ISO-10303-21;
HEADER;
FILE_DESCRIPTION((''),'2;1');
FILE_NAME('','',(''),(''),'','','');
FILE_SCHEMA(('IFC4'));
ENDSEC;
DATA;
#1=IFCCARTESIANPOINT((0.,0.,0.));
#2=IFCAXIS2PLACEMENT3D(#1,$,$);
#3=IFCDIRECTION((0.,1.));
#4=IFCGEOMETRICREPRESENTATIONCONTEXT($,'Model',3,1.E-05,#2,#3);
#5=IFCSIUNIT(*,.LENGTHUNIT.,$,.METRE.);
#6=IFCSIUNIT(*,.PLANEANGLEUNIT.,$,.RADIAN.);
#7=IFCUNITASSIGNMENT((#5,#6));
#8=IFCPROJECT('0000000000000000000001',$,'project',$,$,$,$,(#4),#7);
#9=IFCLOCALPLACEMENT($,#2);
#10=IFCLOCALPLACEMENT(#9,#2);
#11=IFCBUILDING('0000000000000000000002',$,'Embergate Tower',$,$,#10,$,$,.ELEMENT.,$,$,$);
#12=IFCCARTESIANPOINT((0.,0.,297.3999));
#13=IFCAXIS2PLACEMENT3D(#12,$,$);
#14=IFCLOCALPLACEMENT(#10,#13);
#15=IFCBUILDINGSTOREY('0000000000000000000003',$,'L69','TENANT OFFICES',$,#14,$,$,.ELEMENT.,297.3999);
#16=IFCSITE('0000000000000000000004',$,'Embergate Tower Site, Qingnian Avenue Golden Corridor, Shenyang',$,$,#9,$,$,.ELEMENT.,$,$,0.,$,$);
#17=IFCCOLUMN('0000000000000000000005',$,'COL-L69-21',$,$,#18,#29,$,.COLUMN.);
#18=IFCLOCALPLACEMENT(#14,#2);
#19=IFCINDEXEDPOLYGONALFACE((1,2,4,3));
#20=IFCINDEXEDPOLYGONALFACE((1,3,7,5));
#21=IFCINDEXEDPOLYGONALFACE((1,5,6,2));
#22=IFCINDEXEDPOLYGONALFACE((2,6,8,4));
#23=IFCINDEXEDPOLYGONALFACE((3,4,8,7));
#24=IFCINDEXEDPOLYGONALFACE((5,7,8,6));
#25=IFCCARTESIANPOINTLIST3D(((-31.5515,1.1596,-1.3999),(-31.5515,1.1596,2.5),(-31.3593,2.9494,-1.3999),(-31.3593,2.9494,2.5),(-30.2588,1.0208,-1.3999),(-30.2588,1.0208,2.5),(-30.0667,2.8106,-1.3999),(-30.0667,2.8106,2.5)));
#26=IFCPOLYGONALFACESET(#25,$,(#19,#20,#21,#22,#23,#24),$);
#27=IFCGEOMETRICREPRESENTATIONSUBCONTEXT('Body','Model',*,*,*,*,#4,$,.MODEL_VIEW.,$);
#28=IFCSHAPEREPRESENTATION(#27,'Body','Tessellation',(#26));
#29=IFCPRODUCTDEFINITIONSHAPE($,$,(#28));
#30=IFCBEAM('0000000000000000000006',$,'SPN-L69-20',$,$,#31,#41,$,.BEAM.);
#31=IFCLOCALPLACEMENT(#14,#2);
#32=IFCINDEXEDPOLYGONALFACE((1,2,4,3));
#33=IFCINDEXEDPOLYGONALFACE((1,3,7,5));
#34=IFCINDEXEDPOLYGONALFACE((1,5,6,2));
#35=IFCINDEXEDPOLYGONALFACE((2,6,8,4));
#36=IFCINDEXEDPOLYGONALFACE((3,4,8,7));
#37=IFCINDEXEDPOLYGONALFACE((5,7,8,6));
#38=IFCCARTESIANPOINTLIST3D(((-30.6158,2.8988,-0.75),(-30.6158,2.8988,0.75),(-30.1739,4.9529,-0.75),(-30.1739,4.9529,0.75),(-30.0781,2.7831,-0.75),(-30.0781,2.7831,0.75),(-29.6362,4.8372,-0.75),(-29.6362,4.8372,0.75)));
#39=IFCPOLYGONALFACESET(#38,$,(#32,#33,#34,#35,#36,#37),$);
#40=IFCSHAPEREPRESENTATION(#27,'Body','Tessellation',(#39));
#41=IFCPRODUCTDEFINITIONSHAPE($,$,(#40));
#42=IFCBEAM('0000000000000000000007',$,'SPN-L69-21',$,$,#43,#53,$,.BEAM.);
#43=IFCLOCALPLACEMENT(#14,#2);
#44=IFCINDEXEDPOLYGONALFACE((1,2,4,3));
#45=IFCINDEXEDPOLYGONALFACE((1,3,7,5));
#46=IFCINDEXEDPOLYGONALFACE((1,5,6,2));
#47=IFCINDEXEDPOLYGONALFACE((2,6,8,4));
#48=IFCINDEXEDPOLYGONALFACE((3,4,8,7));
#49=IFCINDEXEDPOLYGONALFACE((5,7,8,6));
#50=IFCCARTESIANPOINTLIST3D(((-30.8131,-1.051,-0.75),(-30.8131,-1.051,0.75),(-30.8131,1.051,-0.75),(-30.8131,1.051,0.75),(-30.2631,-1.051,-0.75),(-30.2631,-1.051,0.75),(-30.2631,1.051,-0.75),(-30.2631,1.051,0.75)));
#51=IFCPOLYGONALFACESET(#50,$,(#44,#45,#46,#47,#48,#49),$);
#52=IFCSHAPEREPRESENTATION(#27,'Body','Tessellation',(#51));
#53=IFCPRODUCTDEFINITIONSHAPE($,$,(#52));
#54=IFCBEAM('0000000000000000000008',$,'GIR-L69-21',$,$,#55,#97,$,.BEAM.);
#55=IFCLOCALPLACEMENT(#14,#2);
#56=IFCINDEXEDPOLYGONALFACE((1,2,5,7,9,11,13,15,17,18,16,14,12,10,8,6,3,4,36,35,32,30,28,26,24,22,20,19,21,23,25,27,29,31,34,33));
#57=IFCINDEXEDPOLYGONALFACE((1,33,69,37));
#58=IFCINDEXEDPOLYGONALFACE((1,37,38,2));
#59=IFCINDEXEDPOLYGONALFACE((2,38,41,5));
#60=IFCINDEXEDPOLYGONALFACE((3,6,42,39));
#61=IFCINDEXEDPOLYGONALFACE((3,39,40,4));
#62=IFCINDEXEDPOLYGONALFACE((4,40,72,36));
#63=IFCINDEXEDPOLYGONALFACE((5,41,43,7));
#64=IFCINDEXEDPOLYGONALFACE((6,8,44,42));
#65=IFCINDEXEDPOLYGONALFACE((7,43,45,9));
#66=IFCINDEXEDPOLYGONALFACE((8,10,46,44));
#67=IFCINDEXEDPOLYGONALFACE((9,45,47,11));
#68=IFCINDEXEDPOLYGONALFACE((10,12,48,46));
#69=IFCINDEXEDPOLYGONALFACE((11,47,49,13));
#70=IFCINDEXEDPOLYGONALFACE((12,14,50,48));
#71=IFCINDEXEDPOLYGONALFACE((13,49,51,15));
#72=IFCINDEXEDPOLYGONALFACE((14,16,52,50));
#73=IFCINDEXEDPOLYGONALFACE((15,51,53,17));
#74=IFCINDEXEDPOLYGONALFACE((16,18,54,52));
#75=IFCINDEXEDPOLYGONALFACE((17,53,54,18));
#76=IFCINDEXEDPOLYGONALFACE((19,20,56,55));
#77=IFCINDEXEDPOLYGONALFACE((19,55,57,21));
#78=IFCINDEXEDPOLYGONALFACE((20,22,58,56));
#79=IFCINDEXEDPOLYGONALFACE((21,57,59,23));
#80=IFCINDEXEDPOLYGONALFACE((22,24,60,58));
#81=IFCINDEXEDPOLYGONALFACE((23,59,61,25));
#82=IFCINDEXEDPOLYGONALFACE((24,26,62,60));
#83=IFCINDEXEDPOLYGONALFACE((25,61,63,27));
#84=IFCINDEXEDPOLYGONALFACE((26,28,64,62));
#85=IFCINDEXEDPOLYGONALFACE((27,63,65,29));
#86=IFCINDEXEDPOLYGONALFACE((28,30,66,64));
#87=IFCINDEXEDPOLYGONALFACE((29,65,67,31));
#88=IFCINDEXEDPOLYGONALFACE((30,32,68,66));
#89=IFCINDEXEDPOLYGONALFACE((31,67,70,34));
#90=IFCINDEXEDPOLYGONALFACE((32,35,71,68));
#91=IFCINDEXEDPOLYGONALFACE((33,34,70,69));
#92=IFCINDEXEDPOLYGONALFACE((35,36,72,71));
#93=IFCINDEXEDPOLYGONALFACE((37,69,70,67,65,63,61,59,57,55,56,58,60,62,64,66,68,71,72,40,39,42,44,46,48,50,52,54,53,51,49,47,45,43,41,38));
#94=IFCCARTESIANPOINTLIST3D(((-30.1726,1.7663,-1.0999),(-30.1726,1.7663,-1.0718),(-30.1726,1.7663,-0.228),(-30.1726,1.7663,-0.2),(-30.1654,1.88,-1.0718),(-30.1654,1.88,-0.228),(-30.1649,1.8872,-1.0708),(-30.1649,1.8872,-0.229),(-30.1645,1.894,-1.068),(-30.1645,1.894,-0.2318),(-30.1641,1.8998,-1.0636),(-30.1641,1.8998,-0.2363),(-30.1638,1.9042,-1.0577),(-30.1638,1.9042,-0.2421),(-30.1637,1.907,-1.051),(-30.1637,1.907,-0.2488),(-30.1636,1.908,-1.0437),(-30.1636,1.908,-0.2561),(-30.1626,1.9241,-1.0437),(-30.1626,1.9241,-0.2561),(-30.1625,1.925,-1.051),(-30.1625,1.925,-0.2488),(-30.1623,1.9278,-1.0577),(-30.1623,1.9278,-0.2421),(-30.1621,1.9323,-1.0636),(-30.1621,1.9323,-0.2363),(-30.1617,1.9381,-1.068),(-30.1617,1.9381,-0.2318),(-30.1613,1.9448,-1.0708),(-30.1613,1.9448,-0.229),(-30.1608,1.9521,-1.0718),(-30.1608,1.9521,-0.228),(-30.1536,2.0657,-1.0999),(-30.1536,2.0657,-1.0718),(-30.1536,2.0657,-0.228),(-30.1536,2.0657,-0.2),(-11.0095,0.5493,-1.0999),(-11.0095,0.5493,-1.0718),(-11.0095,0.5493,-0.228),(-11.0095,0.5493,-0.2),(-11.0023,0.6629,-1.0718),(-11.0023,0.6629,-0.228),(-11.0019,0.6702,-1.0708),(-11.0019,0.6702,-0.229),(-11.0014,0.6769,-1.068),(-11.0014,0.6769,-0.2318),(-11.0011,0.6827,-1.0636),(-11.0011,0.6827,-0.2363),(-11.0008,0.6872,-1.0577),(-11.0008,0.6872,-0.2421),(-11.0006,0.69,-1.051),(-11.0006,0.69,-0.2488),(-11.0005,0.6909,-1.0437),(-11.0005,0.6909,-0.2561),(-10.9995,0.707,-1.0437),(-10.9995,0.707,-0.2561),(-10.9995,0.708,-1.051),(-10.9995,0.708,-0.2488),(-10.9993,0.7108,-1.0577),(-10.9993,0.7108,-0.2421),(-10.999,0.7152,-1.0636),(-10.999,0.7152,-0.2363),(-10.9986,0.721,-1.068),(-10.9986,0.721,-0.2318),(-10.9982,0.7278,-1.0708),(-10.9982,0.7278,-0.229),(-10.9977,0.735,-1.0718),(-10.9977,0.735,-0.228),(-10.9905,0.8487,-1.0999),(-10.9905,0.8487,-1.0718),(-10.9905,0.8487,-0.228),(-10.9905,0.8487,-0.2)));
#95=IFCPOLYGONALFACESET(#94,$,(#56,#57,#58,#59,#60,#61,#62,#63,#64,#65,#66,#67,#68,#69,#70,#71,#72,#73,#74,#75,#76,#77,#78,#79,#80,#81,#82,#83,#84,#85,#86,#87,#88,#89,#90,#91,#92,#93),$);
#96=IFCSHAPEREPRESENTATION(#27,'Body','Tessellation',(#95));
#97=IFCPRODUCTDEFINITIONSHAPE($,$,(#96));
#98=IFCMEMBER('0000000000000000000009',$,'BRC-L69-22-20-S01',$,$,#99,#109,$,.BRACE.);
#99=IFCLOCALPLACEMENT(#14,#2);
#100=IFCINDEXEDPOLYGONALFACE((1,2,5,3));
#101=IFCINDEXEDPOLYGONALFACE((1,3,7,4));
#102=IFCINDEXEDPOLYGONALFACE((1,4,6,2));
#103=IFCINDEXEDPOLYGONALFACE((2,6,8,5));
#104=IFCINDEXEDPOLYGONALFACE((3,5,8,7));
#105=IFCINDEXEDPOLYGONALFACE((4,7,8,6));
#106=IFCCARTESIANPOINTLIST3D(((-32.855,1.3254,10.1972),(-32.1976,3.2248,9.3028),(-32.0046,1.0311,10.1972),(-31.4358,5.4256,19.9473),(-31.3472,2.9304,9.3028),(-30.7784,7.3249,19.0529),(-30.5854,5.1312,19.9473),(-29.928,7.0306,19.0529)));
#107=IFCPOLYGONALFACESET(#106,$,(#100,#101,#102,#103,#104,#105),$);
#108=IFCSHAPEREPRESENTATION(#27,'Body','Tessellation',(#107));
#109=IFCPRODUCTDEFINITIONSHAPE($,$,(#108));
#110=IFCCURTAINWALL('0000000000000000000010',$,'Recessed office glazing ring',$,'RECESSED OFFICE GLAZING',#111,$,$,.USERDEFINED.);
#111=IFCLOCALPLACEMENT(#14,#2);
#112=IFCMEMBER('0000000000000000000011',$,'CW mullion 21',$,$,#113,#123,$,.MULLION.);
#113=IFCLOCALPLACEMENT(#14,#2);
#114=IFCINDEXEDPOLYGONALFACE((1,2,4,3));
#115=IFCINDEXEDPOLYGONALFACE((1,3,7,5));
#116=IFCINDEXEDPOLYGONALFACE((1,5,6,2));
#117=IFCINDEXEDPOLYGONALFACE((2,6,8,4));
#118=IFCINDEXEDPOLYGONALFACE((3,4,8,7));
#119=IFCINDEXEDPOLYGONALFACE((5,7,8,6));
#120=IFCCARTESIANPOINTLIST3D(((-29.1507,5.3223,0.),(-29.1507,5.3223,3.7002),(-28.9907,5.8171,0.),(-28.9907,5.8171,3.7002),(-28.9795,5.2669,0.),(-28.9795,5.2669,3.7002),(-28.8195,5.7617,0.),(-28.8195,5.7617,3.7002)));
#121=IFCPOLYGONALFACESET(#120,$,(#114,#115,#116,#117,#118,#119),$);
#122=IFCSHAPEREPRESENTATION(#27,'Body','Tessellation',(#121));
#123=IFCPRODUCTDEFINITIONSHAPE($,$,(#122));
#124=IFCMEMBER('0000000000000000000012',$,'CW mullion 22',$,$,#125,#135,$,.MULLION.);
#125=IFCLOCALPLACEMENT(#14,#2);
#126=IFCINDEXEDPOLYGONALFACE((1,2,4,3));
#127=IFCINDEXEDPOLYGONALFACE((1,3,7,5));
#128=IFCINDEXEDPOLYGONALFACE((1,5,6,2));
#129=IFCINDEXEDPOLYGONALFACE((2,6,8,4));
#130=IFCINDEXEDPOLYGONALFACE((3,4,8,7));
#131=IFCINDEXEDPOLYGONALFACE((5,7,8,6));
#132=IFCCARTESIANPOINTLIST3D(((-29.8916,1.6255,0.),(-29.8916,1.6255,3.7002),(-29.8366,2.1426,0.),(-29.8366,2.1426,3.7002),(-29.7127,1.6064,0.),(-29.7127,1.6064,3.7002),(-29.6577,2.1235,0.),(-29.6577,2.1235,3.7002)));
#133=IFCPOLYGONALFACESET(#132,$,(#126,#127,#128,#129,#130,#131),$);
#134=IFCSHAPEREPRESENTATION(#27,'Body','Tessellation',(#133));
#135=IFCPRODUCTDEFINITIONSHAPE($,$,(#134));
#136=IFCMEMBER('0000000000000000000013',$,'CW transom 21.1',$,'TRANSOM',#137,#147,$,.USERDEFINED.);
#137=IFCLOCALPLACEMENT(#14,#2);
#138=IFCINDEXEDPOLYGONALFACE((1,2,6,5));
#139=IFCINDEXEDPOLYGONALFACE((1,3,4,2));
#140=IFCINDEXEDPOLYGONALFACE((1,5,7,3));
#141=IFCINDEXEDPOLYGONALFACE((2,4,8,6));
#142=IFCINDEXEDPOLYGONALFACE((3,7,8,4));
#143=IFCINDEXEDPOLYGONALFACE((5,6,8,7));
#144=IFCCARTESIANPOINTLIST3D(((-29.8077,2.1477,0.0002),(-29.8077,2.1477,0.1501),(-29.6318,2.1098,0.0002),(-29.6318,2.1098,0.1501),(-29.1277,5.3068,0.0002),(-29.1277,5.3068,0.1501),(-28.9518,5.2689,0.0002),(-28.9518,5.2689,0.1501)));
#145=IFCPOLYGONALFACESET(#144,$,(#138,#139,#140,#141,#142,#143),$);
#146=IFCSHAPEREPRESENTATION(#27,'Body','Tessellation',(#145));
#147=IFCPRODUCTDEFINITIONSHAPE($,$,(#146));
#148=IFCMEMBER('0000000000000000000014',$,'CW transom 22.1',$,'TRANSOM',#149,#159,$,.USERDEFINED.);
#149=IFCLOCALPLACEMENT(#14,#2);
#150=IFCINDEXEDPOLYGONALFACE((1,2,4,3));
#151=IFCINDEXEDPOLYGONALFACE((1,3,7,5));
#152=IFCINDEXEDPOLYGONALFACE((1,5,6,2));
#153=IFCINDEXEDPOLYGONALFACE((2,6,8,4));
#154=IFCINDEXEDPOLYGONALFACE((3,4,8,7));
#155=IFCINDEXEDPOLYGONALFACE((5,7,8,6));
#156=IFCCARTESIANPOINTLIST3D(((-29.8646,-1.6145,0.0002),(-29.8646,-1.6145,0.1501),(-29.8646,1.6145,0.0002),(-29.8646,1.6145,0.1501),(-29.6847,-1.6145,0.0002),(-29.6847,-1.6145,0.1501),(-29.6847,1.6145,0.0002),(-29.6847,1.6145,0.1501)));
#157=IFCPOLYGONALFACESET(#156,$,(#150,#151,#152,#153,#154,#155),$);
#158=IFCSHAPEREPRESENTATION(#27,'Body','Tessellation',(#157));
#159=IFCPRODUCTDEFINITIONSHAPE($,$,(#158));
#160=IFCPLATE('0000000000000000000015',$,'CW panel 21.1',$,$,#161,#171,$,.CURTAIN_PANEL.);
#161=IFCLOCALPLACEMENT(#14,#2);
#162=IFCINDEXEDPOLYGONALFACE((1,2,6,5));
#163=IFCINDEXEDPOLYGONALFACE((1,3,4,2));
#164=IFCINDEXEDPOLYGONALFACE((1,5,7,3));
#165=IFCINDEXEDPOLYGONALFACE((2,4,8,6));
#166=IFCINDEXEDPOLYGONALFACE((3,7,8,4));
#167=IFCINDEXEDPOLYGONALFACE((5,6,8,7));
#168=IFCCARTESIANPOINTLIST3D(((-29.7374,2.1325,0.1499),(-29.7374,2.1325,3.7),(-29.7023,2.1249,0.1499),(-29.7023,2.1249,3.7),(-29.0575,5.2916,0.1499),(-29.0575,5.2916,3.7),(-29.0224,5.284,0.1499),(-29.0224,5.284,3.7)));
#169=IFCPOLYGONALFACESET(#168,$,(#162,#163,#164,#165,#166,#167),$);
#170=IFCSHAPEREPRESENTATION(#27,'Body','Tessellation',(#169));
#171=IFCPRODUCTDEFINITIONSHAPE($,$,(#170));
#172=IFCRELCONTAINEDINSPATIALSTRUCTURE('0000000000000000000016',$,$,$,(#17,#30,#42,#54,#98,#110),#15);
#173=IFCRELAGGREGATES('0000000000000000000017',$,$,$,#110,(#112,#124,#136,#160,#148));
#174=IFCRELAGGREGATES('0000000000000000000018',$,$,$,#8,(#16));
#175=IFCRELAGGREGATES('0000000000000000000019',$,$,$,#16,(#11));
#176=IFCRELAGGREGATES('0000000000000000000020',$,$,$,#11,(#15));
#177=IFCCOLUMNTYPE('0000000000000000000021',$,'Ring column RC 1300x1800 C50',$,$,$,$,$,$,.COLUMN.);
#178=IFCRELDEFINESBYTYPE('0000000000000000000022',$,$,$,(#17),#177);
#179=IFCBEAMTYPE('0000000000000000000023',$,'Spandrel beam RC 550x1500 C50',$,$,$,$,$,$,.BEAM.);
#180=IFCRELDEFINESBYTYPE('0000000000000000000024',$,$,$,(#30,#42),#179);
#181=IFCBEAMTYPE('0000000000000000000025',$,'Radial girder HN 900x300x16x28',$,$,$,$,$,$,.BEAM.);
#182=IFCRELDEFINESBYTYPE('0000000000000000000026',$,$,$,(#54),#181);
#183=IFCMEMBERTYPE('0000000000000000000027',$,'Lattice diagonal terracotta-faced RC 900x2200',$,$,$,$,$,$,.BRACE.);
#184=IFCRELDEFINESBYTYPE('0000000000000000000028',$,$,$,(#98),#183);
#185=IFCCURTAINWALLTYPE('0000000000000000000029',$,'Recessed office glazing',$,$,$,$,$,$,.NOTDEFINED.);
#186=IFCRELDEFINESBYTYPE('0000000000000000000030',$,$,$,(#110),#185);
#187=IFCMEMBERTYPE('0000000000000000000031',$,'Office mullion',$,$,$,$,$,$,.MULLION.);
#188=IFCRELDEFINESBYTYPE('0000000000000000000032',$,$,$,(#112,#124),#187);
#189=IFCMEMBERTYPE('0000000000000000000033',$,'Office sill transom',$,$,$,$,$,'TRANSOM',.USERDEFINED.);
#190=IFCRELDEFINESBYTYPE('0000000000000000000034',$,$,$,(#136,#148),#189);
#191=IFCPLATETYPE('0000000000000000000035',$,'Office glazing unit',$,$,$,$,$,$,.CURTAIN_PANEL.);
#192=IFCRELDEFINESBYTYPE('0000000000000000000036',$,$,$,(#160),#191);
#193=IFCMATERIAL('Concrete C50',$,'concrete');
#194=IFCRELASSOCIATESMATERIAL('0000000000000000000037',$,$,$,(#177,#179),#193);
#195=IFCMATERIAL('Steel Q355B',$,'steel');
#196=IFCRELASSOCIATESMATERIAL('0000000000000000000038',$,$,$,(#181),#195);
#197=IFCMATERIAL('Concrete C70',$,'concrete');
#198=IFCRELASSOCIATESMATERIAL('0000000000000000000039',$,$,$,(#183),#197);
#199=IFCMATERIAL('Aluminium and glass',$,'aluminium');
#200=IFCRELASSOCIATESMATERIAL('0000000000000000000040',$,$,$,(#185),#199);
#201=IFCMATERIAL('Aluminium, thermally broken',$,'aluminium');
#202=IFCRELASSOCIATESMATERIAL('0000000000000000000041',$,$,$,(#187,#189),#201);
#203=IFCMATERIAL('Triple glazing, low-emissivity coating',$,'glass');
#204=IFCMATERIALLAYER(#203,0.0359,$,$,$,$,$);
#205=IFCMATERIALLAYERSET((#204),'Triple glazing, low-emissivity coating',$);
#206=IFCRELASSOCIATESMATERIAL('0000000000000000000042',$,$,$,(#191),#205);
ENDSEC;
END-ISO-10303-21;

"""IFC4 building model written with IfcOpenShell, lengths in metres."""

from ifc_helpers import new_model, si_unit, direction, frame, origin, origin_2d, place, context, subcontext, project, spatial, rectangle, i_section, extrude, source, transform, mapped, material, layer, layer_set, material_profile, profile_set, type_object, element, aggregate, save


model = new_model("IFC4")

# Units and contexts
model_context = context("Model", 3, precision=1e-05, world=origin(), true_north=direction((0.0, 1.0)))
body_context = subcontext(model_context, "Body", "Model", "MODEL_VIEW")
ifc_project = project(units=[si_unit("LENGTHUNIT", "METRE"), si_unit("PLANEANGLEUNIT", "RADIAN")], contexts=[model_context])

# Site, building, storey
site_placement = place(None, origin())
site = spatial("IfcSite", under=ifc_project, at=site_placement, Name="Embergate Tower Site, Qingnian Avenue Golden Corridor, Shenyang", CompositionType="ELEMENT", RefElevation=0.0)
building_placement = place(site_placement, origin())
building = spatial("IfcBuilding", under=site, at=building_placement, Name="Embergate Tower", CompositionType="ELEMENT")
storey_placement = place(building_placement, frame((0.0, 0.0, 297.3999)))
storey = spatial("IfcBuildingStorey", under=building, at=storey_placement, Name="L69", Description="TENANT OFFICES", CompositionType="ELEMENT", Elevation=297.3999)

# Column
ifc_material_1 = material(Name="Concrete C50", Category="concrete")
ifc_material_profile_1 = material_profile(ifc_material_1, rectangle(XDim=1.3, YDim=1.8, at=origin_2d()), Name="RC 1300x1800")
ifc_profile_set_1 = profile_set([ifc_material_profile_1], Name="Concrete C50")
column_type = type_object("IfcColumnType", Name="Ring column RC 1300x1800 C50", PredefinedType="COLUMN", material=ifc_profile_set_1)
shared_shape_1 = source(origin(), body_context, "Body", "SweptSolid", [
    extrude(rectangle(XDim=1.3, YDim=1.8, at=origin_2d()), origin(), (0.0, 0.0, 1.0), 3.8999),
])
column_placement = place(storey_placement, frame((-30.8091, 1.9851, -1.3999), z_axis=(0.0, 0.0, 1.0), x_axis=(-0.994286, 0.10675, 0.0)))
element("IfcColumn", 1, at=column_placement, inside=storey, type_object=column_type, Name="COL-L69-21", PredefinedType="COLUMN", context=body_context, shape_type="MappedRepresentation", body=[
    mapped(shared_shape_1, transform((0.0, 0.0, 0.0))),
])

# Beams
ifc_material_profile_2 = material_profile(ifc_material_1, rectangle(XDim=0.55, YDim=1.5, at=origin_2d()), Name="RC 550x1500")
ifc_profile_set_2 = profile_set([ifc_material_profile_2], Name="Concrete C50")
beam_type_1 = type_object("IfcBeamType", Name="Spandrel beam RC 550x1500 C50", PredefinedType="BEAM", material=ifc_profile_set_2)
shared_shape_2 = source(origin(), body_context, "Body", "SweptSolid", [
    extrude(rectangle(XDim=0.55, YDim=1.5, at=origin_2d()), origin(), (0.0, 0.0, 1.0), 2.1011),
])
beam_1_placement = place(storey_placement, frame((-29.905, 4.895, 0.0), z_axis=(-0.210331, -0.97763, 0.0), x_axis=(0.97763, -0.210331, 0.0)))
element("IfcBeam", 2, at=beam_1_placement, inside=storey, type_object=beam_type_1, Name="SPN-L69-20", PredefinedType="BEAM", context=body_context, shape_type="MappedRepresentation", body=[
    mapped(shared_shape_2, transform((0.0, 0.0, 0.0))),
])
shared_shape_3 = source(origin(), body_context, "Body", "SweptSolid", [
    extrude(rectangle(XDim=0.55, YDim=1.5, at=origin_2d()), origin(), (0.0, 0.0, 1.0), 2.1021),
])
beam_2_placement = place(storey_placement, frame((-30.5381, 1.051, 0.0), z_axis=(0.0, -1.0, 0.0), x_axis=(1.0, 0.0, 0.0)))
element("IfcBeam", 3, at=beam_2_placement, inside=storey, type_object=beam_type_1, Name="SPN-L69-21", PredefinedType="BEAM", context=body_context, shape_type="MappedRepresentation", body=[
    mapped(shared_shape_3, transform((0.0, 0.0, 0.0))),
])
ifc_material_2 = material(Name="Steel Q355B", Category="steel")
ifc_material_profile_3 = material_profile(ifc_material_2, i_section(OverallWidth=0.3, OverallDepth=0.8999, WebThickness=0.0161, FlangeThickness=0.0281, FilletRadius=0.0281, at=origin_2d()), Name="HN 900x300x16x28")
ifc_profile_set_3 = profile_set([ifc_material_profile_3], Name="Steel Q355 grade B")
beam_type_2 = type_object("IfcBeamType", Name="Radial girder HN 900x300x16x28", PredefinedType="BEAM", material=ifc_profile_set_3)
shared_shape_4 = source(origin(), body_context, "Body", "SweptSolid", [
    extrude(i_section(OverallWidth=0.3, OverallDepth=0.8999, WebThickness=0.0161, FlangeThickness=0.0281, FilletRadius=0.0281, at=origin_2d()), origin(), (0.0, 0.0, 1.0), 19.2017),
])
beam_3_placement = place(storey_placement, frame((-30.1631, 1.916, -0.6499), z_axis=(0.997989, -0.063382, 0.0), x_axis=(0.063382, 0.997989, 0.0)))
element("IfcBeam", 4, at=beam_3_placement, inside=storey, type_object=beam_type_2, Name="GIR-L69-21", PredefinedType="BEAM", context=body_context, shape_type="MappedRepresentation", body=[
    mapped(shared_shape_4, transform((0.0, 0.0, 0.0))),
])

# Member
ifc_material_3 = material(Name="Concrete C70", Category="concrete")
ifc_material_profile_4 = material_profile(ifc_material_3, rectangle(XDim=0.8999, YDim=2.2, at=origin_2d()), Name="RC 900x2200")
ifc_profile_set_4 = profile_set([ifc_material_profile_4], Name="Concrete C70")
member_type_1 = type_object("IfcMemberType", Name="Lattice diagonal terracotta-faced RC 900x2200", PredefinedType="BRACE", material=ifc_profile_set_4)
shared_shape_5 = source(origin(), body_context, "Body", "SweptSolid", [
    extrude(rectangle(XDim=0.8999, YDim=2.2, at=origin_2d()), origin(), (0.0, 0.0, 1.0), 10.6719),
])
member_1_placement = place(storey_placement, frame((-32.1011, 2.1279, 9.75), z_axis=(0.132985, 0.384199, 0.913622), x_axis=(-0.944991, 0.327095, 0.0)))
element("IfcMember", 5, at=member_1_placement, inside=storey, type_object=member_type_1, Name="BRC-L69-22-20-S01", PredefinedType="BRACE", context=body_context, shape_type="MappedRepresentation", body=[
    mapped(shared_shape_5, transform((0.0, 0.0, 0.0))),
])

# Curtain wall, members, plate
ifc_material_4 = material(Name="Aluminium and glass", Category="aluminium")
curtain_wall_type = type_object("IfcCurtainWallType", Name="Recessed office glazing", PredefinedType="NOTDEFINED", material=ifc_material_4)
curtain_wall_placement = place(storey_placement, origin())
curtain_wall = element("IfcCurtainWall", 6, at=curtain_wall_placement, inside=storey, type_object=curtain_wall_type, Name="Recessed office glazing ring", ObjectType="RECESSED OFFICE GLAZING", PredefinedType="USERDEFINED")
ifc_material_5 = material(Name="Aluminium, thermally broken", Category="aluminium")
ifc_material_profile_5 = material_profile(ifc_material_5, rectangle(XDim=0.1799, YDim=0.52, at=origin_2d()), Name="AL 520x180")
ifc_profile_set_5 = profile_set([ifc_material_profile_5], Name="Aluminium, thermally broken")
member_type_2 = type_object("IfcMemberType", Name="Office mullion", PredefinedType="MULLION", material=ifc_profile_set_5)
shared_shape_6 = source(origin(), body_context, "Body", "SweptSolid", [
    extrude(rectangle(XDim=0.1799, YDim=0.52, at=origin_2d()), origin(), (0.0, 0.0, 1.0), 3.7002),
])
member_2_placement = place(storey_placement, frame((-28.9851, 5.542, 0.0), z_axis=(0.0, 0.0, 1.0), x_axis=(0.951494, -0.307669, 0.0)))
member_2 = element("IfcMember", 7, at=member_2_placement, type_object=member_type_2, Name="CW mullion 21", PredefinedType="MULLION", context=body_context, shape_type="MappedRepresentation", body=[
    mapped(shared_shape_6, transform((0.0, 0.0, 0.0))),
])
member_3_placement = place(storey_placement, frame((-29.7747, 1.8745, 0.0), z_axis=(0.0, 0.0, 1.0), x_axis=(0.994384, -0.10583, 0.0)))
member_3 = element("IfcMember", 8, at=member_3_placement, type_object=member_type_2, Name="CW mullion 22", PredefinedType="MULLION", context=body_context, shape_type="MappedRepresentation", body=[
    mapped(shared_shape_6, transform((0.0, 0.0, 0.0))),
])
ifc_material_profile_6 = material_profile(ifc_material_5, rectangle(XDim=0.1799, YDim=0.1499, at=origin_2d()), Name="AL 150x180")
ifc_profile_set_6 = profile_set([ifc_material_profile_6], Name="Aluminium, thermally broken")
member_type_3 = type_object("IfcMemberType", Name="Office sill transom", ElementType="TRANSOM", PredefinedType="USERDEFINED", material=ifc_profile_set_6)
shared_shape_7 = source(origin(), body_context, "Body", "SweptSolid", [
    extrude(rectangle(XDim=0.1799, YDim=0.1499, at=origin_2d()), origin(), (0.0, 0.0, 1.0), 3.2314),
])
member_4_placement = place(storey_placement, frame((-29.0398, 5.2878, 0.0752), z_axis=(-0.210406, -0.977614, 0.0), x_axis=(0.977614, -0.210406, 0.0)))
member_4 = element("IfcMember", 9, at=member_4_placement, type_object=member_type_3, Name="CW transom 21.1", ObjectType="TRANSOM", PredefinedType="USERDEFINED", context=body_context, shape_type="MappedRepresentation", body=[
    mapped(shared_shape_7, transform((0.0, 0.0, 0.0))),
])
shared_shape_8 = source(origin(), body_context, "Body", "SweptSolid", [
    extrude(rectangle(XDim=0.1799, YDim=0.1499, at=origin_2d()), origin(), (0.0, 0.0, 1.0), 3.229),
])
member_5_placement = place(storey_placement, frame((-29.7747, 1.6145, 0.0752), z_axis=(0.0, -1.0, 0.0), x_axis=(1.0, 0.0, 0.0)))
member_5 = element("IfcMember", 10, at=member_5_placement, type_object=member_type_3, Name="CW transom 22.1", ObjectType="TRANSOM", PredefinedType="USERDEFINED", context=body_context, shape_type="MappedRepresentation", body=[
    mapped(shared_shape_8, transform((0.0, 0.0, 0.0))),
])
ifc_material_6 = material(Name="Triple glazing, low-emissivity coating", Category="glass")
ifc_layer_1 = layer(ifc_material_6, 0.0359)
ifc_layer_set_1 = layer_set([ifc_layer_1], Name="Triple glazing, low-emissivity coating")
plate_type = type_object("IfcPlateType", Name="Office glazing unit", PredefinedType="CURTAIN_PANEL", material=ifc_layer_set_1)
shared_shape_9 = source(origin(), body_context, "Body", "SweptSolid", [
    extrude(rectangle(XDim=3.2314, YDim=0.0359, at=origin_2d()), origin(), (0.0, 0.0, 1.0), 3.55),
])
plate_1_placement = place(storey_placement, frame((-29.3799, 3.7083, 0.1499), z_axis=(0.0, 0.0, 1.0), x_axis=(-0.210398, -0.977616, 0.0)))
plate_1 = element("IfcPlate", 11, at=plate_1_placement, type_object=plate_type, Name="CW panel 21.1", PredefinedType="CURTAIN_PANEL", context=body_context, shape_type="MappedRepresentation", body=[
    mapped(shared_shape_9, transform((0.0, 0.0, 0.0))),
])
aggregate(curtain_wall, [member_2, member_3, member_4, plate_1, member_5])

save(model, "model.ifc")
